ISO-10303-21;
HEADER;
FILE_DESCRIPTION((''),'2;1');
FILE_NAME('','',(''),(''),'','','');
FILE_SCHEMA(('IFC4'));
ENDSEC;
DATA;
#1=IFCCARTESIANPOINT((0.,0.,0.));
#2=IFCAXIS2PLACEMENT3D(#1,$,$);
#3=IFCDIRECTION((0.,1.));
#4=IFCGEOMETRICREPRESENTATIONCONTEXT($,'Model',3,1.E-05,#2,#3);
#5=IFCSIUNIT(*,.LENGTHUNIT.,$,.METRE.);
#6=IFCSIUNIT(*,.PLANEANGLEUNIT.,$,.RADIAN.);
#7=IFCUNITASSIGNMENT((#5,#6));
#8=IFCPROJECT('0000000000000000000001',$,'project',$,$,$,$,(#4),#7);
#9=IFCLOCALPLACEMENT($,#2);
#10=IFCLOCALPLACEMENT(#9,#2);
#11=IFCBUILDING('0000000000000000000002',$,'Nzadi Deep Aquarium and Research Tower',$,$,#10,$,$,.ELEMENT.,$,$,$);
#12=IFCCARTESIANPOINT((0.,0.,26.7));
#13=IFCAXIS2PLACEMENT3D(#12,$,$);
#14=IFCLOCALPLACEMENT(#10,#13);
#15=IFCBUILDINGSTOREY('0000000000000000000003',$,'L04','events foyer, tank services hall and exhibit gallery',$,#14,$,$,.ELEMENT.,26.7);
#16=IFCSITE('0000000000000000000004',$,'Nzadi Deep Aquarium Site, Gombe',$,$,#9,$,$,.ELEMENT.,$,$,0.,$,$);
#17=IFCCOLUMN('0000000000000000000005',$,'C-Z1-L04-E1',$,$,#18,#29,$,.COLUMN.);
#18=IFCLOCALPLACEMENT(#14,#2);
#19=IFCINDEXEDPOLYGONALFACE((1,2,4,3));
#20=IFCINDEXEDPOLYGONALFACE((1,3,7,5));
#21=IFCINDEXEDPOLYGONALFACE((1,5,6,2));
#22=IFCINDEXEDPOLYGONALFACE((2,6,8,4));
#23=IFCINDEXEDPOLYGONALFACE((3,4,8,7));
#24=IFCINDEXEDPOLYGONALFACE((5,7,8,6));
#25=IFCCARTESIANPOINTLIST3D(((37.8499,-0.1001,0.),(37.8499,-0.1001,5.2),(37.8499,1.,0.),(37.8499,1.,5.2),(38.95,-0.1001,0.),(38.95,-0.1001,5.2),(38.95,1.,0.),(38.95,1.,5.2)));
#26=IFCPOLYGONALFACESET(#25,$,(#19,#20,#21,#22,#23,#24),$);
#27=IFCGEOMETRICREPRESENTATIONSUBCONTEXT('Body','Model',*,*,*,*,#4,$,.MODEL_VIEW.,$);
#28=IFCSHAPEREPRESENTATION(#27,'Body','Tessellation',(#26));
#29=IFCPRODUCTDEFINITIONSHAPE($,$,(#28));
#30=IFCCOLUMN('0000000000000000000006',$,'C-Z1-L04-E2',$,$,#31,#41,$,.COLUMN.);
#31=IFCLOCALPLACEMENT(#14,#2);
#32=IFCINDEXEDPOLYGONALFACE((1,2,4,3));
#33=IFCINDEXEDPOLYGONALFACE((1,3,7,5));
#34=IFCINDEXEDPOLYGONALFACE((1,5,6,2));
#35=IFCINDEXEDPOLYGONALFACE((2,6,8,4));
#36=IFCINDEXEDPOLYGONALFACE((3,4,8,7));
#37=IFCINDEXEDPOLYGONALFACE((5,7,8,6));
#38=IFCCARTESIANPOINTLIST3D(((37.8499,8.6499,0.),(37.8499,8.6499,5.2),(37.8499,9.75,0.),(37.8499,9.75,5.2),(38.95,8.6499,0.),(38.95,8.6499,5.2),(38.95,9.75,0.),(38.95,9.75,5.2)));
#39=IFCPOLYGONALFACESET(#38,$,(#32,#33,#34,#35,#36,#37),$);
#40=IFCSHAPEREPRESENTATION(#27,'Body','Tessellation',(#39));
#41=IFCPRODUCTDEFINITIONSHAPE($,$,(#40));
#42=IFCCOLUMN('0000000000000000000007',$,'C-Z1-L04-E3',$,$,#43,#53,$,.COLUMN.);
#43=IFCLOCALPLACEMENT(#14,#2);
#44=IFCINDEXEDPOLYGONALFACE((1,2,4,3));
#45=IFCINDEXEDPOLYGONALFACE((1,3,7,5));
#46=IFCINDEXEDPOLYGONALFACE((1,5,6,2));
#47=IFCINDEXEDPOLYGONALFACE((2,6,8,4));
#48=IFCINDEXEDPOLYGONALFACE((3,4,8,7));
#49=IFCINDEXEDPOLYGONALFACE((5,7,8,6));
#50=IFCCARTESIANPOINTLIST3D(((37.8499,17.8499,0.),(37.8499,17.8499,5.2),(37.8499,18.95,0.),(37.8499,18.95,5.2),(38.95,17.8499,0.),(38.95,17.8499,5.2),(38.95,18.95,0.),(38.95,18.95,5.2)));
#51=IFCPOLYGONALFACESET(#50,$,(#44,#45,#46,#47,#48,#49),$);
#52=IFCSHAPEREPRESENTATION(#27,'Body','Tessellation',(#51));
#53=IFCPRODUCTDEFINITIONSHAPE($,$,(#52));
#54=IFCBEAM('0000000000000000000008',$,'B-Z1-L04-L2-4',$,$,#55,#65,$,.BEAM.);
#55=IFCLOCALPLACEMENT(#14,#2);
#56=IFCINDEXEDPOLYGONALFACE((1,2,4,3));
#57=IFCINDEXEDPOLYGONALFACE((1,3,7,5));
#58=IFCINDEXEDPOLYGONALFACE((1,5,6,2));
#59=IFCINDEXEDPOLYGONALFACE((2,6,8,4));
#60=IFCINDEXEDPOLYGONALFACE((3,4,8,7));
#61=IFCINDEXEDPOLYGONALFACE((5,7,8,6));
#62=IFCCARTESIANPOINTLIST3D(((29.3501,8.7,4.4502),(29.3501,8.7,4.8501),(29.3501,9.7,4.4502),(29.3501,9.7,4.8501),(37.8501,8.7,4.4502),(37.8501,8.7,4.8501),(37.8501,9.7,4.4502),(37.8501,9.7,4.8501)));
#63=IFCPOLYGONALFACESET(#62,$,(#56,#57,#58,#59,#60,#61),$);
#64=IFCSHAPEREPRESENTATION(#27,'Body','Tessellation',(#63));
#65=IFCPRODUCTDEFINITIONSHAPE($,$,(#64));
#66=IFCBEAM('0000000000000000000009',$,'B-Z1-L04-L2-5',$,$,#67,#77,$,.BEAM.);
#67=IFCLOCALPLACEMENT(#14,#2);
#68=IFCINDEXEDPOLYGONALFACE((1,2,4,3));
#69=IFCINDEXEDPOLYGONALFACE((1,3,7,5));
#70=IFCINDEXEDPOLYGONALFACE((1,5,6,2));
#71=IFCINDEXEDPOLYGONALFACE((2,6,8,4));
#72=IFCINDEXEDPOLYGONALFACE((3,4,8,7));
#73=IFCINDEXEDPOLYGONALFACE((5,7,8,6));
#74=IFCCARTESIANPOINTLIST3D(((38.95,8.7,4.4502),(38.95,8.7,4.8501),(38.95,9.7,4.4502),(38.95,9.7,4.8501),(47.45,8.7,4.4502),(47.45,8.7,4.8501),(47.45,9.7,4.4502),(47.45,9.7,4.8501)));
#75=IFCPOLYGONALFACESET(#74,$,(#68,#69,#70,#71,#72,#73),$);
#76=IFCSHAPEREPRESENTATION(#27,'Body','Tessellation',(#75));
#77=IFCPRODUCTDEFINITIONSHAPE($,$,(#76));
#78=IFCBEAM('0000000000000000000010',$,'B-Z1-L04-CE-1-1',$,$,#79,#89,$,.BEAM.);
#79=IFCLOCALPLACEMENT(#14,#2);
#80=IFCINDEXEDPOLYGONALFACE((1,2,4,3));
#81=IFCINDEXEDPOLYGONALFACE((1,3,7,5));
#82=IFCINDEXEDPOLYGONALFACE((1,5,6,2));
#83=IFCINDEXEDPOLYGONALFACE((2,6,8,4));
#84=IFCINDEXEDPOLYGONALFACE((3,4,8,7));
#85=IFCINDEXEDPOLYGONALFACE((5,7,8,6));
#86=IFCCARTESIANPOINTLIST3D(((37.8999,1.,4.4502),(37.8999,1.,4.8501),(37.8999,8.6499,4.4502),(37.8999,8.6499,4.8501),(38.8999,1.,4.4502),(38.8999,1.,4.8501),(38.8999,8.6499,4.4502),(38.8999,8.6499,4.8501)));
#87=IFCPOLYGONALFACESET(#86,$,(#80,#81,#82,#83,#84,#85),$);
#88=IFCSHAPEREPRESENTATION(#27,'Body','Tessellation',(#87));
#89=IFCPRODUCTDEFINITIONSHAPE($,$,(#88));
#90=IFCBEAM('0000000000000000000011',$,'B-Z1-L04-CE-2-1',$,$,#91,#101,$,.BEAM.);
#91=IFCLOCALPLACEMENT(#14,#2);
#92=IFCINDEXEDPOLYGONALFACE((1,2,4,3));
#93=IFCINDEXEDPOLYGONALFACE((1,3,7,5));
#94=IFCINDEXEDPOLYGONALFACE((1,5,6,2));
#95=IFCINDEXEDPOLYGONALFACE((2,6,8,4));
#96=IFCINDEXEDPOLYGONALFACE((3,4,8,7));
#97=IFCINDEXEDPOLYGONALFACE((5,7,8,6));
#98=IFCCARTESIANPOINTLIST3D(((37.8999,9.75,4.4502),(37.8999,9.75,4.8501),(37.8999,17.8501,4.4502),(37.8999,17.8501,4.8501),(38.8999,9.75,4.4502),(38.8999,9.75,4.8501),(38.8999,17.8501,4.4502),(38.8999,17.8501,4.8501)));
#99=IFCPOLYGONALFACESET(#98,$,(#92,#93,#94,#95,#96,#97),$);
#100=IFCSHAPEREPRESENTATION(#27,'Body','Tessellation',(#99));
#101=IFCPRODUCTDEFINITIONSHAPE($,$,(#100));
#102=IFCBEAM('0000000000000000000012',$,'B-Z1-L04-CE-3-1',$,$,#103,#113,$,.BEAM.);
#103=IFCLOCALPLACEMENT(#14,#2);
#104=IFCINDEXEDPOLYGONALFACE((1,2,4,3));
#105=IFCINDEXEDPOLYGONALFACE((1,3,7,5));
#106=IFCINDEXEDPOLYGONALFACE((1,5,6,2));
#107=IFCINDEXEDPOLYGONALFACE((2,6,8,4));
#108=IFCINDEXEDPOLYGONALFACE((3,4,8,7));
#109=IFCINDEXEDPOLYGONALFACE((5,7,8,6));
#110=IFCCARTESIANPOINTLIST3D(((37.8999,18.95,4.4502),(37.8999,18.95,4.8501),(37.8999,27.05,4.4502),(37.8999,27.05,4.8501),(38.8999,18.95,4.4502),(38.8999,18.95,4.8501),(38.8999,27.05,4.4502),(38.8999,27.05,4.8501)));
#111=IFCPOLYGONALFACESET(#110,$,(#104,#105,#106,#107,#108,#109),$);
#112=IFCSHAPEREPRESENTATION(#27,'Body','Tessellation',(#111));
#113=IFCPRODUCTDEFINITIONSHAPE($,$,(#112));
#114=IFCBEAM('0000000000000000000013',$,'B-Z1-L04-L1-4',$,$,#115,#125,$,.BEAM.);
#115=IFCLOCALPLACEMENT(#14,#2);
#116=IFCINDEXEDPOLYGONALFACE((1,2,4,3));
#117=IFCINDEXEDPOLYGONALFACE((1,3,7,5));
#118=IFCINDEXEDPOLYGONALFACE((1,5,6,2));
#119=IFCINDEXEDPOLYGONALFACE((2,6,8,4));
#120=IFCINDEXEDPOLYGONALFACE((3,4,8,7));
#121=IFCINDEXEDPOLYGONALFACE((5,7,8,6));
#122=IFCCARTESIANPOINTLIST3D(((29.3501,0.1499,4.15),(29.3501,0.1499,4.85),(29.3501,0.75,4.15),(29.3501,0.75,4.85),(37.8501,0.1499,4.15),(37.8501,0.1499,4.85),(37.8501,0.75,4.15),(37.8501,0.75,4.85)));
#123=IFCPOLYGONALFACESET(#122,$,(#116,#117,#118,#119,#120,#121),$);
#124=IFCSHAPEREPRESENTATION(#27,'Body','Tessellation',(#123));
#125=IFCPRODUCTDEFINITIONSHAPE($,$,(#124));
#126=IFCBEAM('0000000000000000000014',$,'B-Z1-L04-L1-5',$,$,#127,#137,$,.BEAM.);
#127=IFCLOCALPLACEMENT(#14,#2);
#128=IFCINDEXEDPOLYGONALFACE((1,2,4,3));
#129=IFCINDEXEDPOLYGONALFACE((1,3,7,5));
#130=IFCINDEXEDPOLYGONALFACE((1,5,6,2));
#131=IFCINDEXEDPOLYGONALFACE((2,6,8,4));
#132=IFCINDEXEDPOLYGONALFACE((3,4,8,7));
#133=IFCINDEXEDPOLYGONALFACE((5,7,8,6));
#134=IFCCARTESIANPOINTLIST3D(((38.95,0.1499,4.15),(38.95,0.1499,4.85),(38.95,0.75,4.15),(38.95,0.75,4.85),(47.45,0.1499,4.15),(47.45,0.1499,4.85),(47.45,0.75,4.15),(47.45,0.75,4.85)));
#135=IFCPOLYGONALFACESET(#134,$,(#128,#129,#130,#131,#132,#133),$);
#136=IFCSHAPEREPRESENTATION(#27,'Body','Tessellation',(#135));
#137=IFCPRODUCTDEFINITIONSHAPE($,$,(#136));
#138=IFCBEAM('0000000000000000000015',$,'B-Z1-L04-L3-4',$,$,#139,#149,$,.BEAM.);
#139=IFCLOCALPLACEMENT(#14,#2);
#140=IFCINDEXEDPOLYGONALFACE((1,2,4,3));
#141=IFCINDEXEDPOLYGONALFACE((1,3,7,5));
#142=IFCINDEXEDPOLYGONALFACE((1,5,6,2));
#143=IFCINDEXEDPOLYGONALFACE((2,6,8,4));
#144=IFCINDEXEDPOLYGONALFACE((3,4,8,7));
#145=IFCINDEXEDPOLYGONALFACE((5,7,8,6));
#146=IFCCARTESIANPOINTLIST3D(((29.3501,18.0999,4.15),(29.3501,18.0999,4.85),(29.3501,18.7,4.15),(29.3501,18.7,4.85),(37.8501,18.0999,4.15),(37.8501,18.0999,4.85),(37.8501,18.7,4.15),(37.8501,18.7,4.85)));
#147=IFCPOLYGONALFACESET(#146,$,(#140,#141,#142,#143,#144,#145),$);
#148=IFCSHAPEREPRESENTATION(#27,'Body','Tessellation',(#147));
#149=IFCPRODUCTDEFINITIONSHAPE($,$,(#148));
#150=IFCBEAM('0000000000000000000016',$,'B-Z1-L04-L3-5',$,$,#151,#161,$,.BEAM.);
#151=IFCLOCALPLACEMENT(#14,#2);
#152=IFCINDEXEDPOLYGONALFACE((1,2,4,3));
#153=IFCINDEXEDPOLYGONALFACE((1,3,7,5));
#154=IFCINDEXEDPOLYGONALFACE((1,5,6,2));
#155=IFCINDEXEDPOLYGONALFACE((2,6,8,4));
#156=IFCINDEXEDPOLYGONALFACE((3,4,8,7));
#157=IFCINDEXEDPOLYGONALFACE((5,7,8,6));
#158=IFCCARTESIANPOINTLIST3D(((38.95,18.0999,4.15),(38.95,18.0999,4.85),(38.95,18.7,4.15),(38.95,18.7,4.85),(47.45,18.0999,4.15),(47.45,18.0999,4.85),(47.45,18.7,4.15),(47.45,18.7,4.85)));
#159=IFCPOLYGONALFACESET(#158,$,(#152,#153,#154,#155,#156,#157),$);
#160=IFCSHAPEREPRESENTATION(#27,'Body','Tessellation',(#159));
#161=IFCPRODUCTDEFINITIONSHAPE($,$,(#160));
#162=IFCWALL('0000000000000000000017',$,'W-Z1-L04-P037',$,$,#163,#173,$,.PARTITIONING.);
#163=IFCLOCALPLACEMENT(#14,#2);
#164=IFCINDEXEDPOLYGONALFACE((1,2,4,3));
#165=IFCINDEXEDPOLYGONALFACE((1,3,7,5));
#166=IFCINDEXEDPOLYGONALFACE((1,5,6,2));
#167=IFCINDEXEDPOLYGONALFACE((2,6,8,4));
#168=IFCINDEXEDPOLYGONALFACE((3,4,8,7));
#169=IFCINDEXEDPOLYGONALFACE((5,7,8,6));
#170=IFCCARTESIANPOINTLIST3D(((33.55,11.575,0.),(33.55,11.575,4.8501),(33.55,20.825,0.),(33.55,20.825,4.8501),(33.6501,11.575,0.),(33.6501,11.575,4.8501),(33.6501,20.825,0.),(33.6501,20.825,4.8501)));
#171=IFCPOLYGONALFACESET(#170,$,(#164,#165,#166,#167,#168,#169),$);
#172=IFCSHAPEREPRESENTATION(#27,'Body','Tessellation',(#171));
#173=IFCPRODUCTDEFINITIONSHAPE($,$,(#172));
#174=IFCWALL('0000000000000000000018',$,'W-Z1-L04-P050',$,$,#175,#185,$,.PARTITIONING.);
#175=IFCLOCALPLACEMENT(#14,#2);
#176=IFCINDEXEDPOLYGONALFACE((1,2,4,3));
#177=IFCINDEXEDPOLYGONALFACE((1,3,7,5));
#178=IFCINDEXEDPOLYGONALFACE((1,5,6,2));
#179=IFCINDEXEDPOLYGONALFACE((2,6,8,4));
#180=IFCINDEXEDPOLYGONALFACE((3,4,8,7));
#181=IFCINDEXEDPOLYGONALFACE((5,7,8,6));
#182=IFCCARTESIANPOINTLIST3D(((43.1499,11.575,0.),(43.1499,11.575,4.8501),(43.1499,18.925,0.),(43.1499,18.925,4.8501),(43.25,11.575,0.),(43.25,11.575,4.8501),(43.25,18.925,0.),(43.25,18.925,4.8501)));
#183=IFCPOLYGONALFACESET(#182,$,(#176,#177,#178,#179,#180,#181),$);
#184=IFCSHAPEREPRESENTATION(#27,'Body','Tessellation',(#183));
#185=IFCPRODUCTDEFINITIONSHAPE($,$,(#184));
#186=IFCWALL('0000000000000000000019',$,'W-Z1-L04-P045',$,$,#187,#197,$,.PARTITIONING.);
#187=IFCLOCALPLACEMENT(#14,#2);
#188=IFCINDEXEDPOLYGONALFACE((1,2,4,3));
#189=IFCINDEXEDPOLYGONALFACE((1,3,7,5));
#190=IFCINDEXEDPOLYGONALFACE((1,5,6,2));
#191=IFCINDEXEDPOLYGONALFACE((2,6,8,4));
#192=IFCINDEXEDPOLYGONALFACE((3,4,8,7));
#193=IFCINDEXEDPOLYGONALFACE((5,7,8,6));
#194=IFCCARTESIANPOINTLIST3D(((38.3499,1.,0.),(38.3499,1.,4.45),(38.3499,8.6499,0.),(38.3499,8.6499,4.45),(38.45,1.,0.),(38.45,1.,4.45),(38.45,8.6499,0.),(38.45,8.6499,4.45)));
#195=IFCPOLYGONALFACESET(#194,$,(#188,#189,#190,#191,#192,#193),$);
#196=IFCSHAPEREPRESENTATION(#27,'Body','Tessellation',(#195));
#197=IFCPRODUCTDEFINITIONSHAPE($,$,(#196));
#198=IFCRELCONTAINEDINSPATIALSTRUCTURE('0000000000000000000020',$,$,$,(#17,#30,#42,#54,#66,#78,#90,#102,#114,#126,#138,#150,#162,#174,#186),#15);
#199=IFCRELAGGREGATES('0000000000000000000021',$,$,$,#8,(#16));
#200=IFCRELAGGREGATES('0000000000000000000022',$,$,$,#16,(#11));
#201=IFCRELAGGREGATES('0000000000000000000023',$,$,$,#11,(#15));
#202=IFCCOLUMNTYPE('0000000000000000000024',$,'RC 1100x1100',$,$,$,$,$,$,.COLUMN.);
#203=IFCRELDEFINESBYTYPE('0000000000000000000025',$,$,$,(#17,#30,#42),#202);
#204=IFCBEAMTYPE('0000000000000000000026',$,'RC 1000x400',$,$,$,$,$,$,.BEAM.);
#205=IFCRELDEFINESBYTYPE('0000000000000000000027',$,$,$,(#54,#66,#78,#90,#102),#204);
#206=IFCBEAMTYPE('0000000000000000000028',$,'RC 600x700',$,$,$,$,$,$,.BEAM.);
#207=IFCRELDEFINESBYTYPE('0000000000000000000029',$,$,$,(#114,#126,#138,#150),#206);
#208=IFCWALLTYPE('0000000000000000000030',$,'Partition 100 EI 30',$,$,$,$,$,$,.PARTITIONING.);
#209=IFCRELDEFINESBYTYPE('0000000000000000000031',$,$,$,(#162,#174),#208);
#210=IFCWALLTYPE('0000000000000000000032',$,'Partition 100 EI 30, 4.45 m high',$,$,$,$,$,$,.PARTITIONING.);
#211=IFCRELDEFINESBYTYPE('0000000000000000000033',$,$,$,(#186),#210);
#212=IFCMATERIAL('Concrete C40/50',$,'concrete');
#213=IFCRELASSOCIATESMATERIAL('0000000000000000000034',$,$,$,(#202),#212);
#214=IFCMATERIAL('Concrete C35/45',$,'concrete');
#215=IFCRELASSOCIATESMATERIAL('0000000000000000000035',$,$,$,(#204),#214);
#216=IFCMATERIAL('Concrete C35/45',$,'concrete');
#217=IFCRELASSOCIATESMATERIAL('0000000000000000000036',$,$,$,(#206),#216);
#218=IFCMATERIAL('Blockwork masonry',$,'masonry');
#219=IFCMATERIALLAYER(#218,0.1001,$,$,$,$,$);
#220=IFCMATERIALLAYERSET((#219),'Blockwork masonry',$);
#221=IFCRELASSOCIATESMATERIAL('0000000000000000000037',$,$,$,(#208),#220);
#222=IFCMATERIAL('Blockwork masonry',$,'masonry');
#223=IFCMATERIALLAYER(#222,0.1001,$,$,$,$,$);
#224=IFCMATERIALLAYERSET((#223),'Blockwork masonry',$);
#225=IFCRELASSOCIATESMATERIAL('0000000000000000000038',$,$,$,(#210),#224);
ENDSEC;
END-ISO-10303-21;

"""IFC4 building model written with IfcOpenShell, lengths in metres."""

from ifc_helpers import new_model, si_unit, direction, frame, frame_2d, origin, origin_2d, place, context, subcontext, project, spatial, rectangle, extrude, material, layer, layer_set, material_profile, profile_set, type_object, element, save


model = new_model("IFC4")

# Units and contexts
model_context = context("Model", 3, precision=1e-05, world=origin(), true_north=direction((0.0, 1.0)))
body_context = subcontext(model_context, "Body", "Model", "MODEL_VIEW")
ifc_project = project(units=[si_unit("LENGTHUNIT", "METRE"), si_unit("PLANEANGLEUNIT", "RADIAN")], contexts=[model_context])

# Site, building, storey
site_placement = place(None, origin())
site = spatial("IfcSite", under=ifc_project, at=site_placement, Name="Nzadi Deep Aquarium Site, Gombe", CompositionType="ELEMENT", RefElevation=0.0)
building_placement = place(site_placement, origin())
building = spatial("IfcBuilding", under=site, at=building_placement, Name="Nzadi Deep Aquarium and Research Tower", CompositionType="ELEMENT")
storey_placement = place(building_placement, frame((0.0, 0.0, 26.7)))
storey = spatial("IfcBuildingStorey", under=building, at=storey_placement, Name="L04", Description="events foyer, tank services hall and exhibit gallery", CompositionType="ELEMENT", Elevation=26.7)

# Columns
ifc_material_1 = material(Name="Concrete C40/50", Category="concrete")
ifc_material_profile_1 = material_profile(ifc_material_1, rectangle(XDim=1.1001, YDim=1.1001, at=origin_2d()))
ifc_profile_set_1 = profile_set([ifc_material_profile_1], Name="Concrete C40/50")
column_type = type_object("IfcColumnType", Name="RC 1100x1100", PredefinedType="COLUMN", material=ifc_profile_set_1)
for number, where, z_axis, x_axis, name in (
    (1, (38.3999, 0.45, 0.0), (0.0, 0.0, 1.0), (1.0, 0.0, 0.0), "C-Z1-L04-E1"),
    (2, (38.3999, 9.2, 0.0), (0.0, 0.0, 1.0), (1.0, 0.0, 0.0), "C-Z1-L04-E2"),
    (3, (38.3999, 18.3999, 0.0), (0.0, 0.0, 1.0), (1.0, 0.0, 0.0), "C-Z1-L04-E3"),
):
    element("IfcColumn", number, at=place(storey_placement, frame(where, z_axis=z_axis, x_axis=x_axis)), inside=storey, type_object=column_type, Name=name, PredefinedType="COLUMN", context=body_context, shape_type="SweptSolid", body=[
        extrude(rectangle(XDim=1.1001, YDim=1.1001, at=origin_2d()), origin(), (0.0, 0.0, 1.0), 5.2),
    ])

# Beams
ifc_material_2 = material(Name="Concrete C35/45", Category="concrete")
ifc_material_profile_2 = material_profile(ifc_material_2, rectangle(XDim=1.0, YDim=0.3999, at=origin_2d()))
ifc_profile_set_2 = profile_set([ifc_material_profile_2], Name="Concrete C35/45")
beam_type_1 = type_object("IfcBeamType", Name="RC 1000x400", PredefinedType="BEAM", material=ifc_profile_set_2)
for number, where, z_axis, x_axis, name in (
    (4, (29.3501, 9.2, 4.6501), (1.0, 0.0, 0.0), (0.0, 1.0, 0.0), "B-Z1-L04-L2-4"),
    (5, (38.95, 9.2, 4.6501), (1.0, 0.0, 0.0), (0.0, 1.0, 0.0), "B-Z1-L04-L2-5"),
):
    element("IfcBeam", number, at=place(storey_placement, frame(where, z_axis=z_axis, x_axis=x_axis)), inside=storey, type_object=beam_type_1, Name=name, PredefinedType="BEAM", context=body_context, shape_type="SweptSolid", body=[
        extrude(rectangle(XDim=1.0, YDim=0.3999, at=origin_2d()), origin(), (0.0, 0.0, 1.0), 8.5),
    ])
beam_placement = place(storey_placement, frame((38.3999, 1.0, 4.6501), z_axis=(0.0, 1.0, 0.0), x_axis=(-1.0, 0.0, 0.0)))
element("IfcBeam", 6, at=beam_placement, inside=storey, type_object=beam_type_1, Name="B-Z1-L04-CE-1-1", PredefinedType="BEAM", context=body_context, shape_type="SweptSolid", body=[
    extrude(rectangle(XDim=1.0, YDim=0.3999, at=origin_2d()), origin(), (0.0, 0.0, 1.0), 7.6499),
])
for number, where, z_axis, x_axis, name in (
    (7, (38.3999, 9.75, 4.6501), (0.0, 1.0, 0.0), (-1.0, 0.0, 0.0), "B-Z1-L04-CE-2-1"),
    (8, (38.3999, 18.95, 4.6501), (0.0, 1.0, 0.0), (-1.0, 0.0, 0.0), "B-Z1-L04-CE-3-1"),
):
    element("IfcBeam", number, at=place(storey_placement, frame(where, z_axis=z_axis, x_axis=x_axis)), inside=storey, type_object=beam_type_1, Name=name, PredefinedType="BEAM", context=body_context, shape_type="SweptSolid", body=[
        extrude(rectangle(XDim=1.0, YDim=0.3999, at=origin_2d()), origin(), (0.0, 0.0, 1.0), 8.1001),
    ])
ifc_material_3 = material(Name="Concrete C35/45", Category="concrete")
ifc_material_profile_3 = material_profile(ifc_material_3, rectangle(XDim=0.6001, YDim=0.7, at=origin_2d()))
ifc_profile_set_3 = profile_set([ifc_material_profile_3], Name="Concrete C35/45")
beam_type_2 = type_object("IfcBeamType", Name="RC 600x700", PredefinedType="BEAM", material=ifc_profile_set_3)
for number, where, z_axis, x_axis, name in (
    (9, (29.3501, 0.45, 4.5), (1.0, 0.0, 0.0), (0.0, 1.0, 0.0), "B-Z1-L04-L1-4"),
    (10, (38.95, 0.45, 4.5), (1.0, 0.0, 0.0), (0.0, 1.0, 0.0), "B-Z1-L04-L1-5"),
    (11, (29.3501, 18.3999, 4.5), (1.0, 0.0, 0.0), (0.0, 1.0, 0.0), "B-Z1-L04-L3-4"),
    (12, (38.95, 18.3999, 4.5), (1.0, 0.0, 0.0), (0.0, 1.0, 0.0), "B-Z1-L04-L3-5"),
):
    element("IfcBeam", number, at=place(storey_placement, frame(where, z_axis=z_axis, x_axis=x_axis)), inside=storey, type_object=beam_type_2, Name=name, PredefinedType="BEAM", context=body_context, shape_type="SweptSolid", body=[
        extrude(rectangle(XDim=0.6001, YDim=0.7, at=origin_2d()), origin(), (0.0, 0.0, 1.0), 8.5),
    ])

# Walls
ifc_material_4 = material(Name="Blockwork masonry", Category="masonry")
ifc_layer_1 = layer(ifc_material_4, 0.1001)
ifc_layer_set_1 = layer_set([ifc_layer_1], Name="Blockwork masonry")
wall_type_1 = type_object("IfcWallType", Name="Partition 100 EI 30", PredefinedType="PARTITIONING", material=ifc_layer_set_1)
wall_1_placement = place(storey_placement, frame((33.6001, 11.575, 0.0), z_axis=(0.0, 0.0, 1.0), x_axis=(0.0, 1.0, 0.0)))
element("IfcWall", 13, at=wall_1_placement, inside=storey, type_object=wall_type_1, Name="W-Z1-L04-P037", PredefinedType="PARTITIONING", context=body_context, shape_type="SweptSolid", body=[
    extrude(rectangle(XDim=9.25, YDim=0.1001, at=frame_2d((4.625, 0.0))), origin(), (0.0, 0.0, 1.0), 4.8501),
])
wall_2_placement = place(storey_placement, frame((43.2, 11.575, 0.0), z_axis=(0.0, 0.0, 1.0), x_axis=(0.0, 1.0, 0.0)))
element("IfcWall", 14, at=wall_2_placement, inside=storey, type_object=wall_type_1, Name="W-Z1-L04-P050", PredefinedType="PARTITIONING", context=body_context, shape_type="SweptSolid", body=[
    extrude(rectangle(XDim=7.3501, YDim=0.1001, at=frame_2d((3.675, 0.0))), origin(), (0.0, 0.0, 1.0), 4.8501),
])
ifc_material_5 = material(Name="Blockwork masonry", Category="masonry")
ifc_layer_2 = layer(ifc_material_5, 0.1001)
ifc_layer_set_2 = layer_set([ifc_layer_2], Name="Blockwork masonry")
wall_type_2 = type_object("IfcWallType", Name="Partition 100 EI 30, 4.45 m high", PredefinedType="PARTITIONING", material=ifc_layer_set_2)
wall_3_placement = place(storey_placement, frame((38.3999, 1.0, 0.0), z_axis=(0.0, 0.0, 1.0), x_axis=(0.0, 1.0, 0.0)))
element("IfcWall", 15, at=wall_3_placement, inside=storey, type_object=wall_type_2, Name="W-Z1-L04-P045", PredefinedType="PARTITIONING", context=body_context, shape_type="SweptSolid", body=[
    extrude(rectangle(XDim=7.6499, YDim=0.1001, at=frame_2d((3.825, 0.0))), origin(), (0.0, 0.0, 1.0), 4.45),
])

save(model, "model.ifc")
